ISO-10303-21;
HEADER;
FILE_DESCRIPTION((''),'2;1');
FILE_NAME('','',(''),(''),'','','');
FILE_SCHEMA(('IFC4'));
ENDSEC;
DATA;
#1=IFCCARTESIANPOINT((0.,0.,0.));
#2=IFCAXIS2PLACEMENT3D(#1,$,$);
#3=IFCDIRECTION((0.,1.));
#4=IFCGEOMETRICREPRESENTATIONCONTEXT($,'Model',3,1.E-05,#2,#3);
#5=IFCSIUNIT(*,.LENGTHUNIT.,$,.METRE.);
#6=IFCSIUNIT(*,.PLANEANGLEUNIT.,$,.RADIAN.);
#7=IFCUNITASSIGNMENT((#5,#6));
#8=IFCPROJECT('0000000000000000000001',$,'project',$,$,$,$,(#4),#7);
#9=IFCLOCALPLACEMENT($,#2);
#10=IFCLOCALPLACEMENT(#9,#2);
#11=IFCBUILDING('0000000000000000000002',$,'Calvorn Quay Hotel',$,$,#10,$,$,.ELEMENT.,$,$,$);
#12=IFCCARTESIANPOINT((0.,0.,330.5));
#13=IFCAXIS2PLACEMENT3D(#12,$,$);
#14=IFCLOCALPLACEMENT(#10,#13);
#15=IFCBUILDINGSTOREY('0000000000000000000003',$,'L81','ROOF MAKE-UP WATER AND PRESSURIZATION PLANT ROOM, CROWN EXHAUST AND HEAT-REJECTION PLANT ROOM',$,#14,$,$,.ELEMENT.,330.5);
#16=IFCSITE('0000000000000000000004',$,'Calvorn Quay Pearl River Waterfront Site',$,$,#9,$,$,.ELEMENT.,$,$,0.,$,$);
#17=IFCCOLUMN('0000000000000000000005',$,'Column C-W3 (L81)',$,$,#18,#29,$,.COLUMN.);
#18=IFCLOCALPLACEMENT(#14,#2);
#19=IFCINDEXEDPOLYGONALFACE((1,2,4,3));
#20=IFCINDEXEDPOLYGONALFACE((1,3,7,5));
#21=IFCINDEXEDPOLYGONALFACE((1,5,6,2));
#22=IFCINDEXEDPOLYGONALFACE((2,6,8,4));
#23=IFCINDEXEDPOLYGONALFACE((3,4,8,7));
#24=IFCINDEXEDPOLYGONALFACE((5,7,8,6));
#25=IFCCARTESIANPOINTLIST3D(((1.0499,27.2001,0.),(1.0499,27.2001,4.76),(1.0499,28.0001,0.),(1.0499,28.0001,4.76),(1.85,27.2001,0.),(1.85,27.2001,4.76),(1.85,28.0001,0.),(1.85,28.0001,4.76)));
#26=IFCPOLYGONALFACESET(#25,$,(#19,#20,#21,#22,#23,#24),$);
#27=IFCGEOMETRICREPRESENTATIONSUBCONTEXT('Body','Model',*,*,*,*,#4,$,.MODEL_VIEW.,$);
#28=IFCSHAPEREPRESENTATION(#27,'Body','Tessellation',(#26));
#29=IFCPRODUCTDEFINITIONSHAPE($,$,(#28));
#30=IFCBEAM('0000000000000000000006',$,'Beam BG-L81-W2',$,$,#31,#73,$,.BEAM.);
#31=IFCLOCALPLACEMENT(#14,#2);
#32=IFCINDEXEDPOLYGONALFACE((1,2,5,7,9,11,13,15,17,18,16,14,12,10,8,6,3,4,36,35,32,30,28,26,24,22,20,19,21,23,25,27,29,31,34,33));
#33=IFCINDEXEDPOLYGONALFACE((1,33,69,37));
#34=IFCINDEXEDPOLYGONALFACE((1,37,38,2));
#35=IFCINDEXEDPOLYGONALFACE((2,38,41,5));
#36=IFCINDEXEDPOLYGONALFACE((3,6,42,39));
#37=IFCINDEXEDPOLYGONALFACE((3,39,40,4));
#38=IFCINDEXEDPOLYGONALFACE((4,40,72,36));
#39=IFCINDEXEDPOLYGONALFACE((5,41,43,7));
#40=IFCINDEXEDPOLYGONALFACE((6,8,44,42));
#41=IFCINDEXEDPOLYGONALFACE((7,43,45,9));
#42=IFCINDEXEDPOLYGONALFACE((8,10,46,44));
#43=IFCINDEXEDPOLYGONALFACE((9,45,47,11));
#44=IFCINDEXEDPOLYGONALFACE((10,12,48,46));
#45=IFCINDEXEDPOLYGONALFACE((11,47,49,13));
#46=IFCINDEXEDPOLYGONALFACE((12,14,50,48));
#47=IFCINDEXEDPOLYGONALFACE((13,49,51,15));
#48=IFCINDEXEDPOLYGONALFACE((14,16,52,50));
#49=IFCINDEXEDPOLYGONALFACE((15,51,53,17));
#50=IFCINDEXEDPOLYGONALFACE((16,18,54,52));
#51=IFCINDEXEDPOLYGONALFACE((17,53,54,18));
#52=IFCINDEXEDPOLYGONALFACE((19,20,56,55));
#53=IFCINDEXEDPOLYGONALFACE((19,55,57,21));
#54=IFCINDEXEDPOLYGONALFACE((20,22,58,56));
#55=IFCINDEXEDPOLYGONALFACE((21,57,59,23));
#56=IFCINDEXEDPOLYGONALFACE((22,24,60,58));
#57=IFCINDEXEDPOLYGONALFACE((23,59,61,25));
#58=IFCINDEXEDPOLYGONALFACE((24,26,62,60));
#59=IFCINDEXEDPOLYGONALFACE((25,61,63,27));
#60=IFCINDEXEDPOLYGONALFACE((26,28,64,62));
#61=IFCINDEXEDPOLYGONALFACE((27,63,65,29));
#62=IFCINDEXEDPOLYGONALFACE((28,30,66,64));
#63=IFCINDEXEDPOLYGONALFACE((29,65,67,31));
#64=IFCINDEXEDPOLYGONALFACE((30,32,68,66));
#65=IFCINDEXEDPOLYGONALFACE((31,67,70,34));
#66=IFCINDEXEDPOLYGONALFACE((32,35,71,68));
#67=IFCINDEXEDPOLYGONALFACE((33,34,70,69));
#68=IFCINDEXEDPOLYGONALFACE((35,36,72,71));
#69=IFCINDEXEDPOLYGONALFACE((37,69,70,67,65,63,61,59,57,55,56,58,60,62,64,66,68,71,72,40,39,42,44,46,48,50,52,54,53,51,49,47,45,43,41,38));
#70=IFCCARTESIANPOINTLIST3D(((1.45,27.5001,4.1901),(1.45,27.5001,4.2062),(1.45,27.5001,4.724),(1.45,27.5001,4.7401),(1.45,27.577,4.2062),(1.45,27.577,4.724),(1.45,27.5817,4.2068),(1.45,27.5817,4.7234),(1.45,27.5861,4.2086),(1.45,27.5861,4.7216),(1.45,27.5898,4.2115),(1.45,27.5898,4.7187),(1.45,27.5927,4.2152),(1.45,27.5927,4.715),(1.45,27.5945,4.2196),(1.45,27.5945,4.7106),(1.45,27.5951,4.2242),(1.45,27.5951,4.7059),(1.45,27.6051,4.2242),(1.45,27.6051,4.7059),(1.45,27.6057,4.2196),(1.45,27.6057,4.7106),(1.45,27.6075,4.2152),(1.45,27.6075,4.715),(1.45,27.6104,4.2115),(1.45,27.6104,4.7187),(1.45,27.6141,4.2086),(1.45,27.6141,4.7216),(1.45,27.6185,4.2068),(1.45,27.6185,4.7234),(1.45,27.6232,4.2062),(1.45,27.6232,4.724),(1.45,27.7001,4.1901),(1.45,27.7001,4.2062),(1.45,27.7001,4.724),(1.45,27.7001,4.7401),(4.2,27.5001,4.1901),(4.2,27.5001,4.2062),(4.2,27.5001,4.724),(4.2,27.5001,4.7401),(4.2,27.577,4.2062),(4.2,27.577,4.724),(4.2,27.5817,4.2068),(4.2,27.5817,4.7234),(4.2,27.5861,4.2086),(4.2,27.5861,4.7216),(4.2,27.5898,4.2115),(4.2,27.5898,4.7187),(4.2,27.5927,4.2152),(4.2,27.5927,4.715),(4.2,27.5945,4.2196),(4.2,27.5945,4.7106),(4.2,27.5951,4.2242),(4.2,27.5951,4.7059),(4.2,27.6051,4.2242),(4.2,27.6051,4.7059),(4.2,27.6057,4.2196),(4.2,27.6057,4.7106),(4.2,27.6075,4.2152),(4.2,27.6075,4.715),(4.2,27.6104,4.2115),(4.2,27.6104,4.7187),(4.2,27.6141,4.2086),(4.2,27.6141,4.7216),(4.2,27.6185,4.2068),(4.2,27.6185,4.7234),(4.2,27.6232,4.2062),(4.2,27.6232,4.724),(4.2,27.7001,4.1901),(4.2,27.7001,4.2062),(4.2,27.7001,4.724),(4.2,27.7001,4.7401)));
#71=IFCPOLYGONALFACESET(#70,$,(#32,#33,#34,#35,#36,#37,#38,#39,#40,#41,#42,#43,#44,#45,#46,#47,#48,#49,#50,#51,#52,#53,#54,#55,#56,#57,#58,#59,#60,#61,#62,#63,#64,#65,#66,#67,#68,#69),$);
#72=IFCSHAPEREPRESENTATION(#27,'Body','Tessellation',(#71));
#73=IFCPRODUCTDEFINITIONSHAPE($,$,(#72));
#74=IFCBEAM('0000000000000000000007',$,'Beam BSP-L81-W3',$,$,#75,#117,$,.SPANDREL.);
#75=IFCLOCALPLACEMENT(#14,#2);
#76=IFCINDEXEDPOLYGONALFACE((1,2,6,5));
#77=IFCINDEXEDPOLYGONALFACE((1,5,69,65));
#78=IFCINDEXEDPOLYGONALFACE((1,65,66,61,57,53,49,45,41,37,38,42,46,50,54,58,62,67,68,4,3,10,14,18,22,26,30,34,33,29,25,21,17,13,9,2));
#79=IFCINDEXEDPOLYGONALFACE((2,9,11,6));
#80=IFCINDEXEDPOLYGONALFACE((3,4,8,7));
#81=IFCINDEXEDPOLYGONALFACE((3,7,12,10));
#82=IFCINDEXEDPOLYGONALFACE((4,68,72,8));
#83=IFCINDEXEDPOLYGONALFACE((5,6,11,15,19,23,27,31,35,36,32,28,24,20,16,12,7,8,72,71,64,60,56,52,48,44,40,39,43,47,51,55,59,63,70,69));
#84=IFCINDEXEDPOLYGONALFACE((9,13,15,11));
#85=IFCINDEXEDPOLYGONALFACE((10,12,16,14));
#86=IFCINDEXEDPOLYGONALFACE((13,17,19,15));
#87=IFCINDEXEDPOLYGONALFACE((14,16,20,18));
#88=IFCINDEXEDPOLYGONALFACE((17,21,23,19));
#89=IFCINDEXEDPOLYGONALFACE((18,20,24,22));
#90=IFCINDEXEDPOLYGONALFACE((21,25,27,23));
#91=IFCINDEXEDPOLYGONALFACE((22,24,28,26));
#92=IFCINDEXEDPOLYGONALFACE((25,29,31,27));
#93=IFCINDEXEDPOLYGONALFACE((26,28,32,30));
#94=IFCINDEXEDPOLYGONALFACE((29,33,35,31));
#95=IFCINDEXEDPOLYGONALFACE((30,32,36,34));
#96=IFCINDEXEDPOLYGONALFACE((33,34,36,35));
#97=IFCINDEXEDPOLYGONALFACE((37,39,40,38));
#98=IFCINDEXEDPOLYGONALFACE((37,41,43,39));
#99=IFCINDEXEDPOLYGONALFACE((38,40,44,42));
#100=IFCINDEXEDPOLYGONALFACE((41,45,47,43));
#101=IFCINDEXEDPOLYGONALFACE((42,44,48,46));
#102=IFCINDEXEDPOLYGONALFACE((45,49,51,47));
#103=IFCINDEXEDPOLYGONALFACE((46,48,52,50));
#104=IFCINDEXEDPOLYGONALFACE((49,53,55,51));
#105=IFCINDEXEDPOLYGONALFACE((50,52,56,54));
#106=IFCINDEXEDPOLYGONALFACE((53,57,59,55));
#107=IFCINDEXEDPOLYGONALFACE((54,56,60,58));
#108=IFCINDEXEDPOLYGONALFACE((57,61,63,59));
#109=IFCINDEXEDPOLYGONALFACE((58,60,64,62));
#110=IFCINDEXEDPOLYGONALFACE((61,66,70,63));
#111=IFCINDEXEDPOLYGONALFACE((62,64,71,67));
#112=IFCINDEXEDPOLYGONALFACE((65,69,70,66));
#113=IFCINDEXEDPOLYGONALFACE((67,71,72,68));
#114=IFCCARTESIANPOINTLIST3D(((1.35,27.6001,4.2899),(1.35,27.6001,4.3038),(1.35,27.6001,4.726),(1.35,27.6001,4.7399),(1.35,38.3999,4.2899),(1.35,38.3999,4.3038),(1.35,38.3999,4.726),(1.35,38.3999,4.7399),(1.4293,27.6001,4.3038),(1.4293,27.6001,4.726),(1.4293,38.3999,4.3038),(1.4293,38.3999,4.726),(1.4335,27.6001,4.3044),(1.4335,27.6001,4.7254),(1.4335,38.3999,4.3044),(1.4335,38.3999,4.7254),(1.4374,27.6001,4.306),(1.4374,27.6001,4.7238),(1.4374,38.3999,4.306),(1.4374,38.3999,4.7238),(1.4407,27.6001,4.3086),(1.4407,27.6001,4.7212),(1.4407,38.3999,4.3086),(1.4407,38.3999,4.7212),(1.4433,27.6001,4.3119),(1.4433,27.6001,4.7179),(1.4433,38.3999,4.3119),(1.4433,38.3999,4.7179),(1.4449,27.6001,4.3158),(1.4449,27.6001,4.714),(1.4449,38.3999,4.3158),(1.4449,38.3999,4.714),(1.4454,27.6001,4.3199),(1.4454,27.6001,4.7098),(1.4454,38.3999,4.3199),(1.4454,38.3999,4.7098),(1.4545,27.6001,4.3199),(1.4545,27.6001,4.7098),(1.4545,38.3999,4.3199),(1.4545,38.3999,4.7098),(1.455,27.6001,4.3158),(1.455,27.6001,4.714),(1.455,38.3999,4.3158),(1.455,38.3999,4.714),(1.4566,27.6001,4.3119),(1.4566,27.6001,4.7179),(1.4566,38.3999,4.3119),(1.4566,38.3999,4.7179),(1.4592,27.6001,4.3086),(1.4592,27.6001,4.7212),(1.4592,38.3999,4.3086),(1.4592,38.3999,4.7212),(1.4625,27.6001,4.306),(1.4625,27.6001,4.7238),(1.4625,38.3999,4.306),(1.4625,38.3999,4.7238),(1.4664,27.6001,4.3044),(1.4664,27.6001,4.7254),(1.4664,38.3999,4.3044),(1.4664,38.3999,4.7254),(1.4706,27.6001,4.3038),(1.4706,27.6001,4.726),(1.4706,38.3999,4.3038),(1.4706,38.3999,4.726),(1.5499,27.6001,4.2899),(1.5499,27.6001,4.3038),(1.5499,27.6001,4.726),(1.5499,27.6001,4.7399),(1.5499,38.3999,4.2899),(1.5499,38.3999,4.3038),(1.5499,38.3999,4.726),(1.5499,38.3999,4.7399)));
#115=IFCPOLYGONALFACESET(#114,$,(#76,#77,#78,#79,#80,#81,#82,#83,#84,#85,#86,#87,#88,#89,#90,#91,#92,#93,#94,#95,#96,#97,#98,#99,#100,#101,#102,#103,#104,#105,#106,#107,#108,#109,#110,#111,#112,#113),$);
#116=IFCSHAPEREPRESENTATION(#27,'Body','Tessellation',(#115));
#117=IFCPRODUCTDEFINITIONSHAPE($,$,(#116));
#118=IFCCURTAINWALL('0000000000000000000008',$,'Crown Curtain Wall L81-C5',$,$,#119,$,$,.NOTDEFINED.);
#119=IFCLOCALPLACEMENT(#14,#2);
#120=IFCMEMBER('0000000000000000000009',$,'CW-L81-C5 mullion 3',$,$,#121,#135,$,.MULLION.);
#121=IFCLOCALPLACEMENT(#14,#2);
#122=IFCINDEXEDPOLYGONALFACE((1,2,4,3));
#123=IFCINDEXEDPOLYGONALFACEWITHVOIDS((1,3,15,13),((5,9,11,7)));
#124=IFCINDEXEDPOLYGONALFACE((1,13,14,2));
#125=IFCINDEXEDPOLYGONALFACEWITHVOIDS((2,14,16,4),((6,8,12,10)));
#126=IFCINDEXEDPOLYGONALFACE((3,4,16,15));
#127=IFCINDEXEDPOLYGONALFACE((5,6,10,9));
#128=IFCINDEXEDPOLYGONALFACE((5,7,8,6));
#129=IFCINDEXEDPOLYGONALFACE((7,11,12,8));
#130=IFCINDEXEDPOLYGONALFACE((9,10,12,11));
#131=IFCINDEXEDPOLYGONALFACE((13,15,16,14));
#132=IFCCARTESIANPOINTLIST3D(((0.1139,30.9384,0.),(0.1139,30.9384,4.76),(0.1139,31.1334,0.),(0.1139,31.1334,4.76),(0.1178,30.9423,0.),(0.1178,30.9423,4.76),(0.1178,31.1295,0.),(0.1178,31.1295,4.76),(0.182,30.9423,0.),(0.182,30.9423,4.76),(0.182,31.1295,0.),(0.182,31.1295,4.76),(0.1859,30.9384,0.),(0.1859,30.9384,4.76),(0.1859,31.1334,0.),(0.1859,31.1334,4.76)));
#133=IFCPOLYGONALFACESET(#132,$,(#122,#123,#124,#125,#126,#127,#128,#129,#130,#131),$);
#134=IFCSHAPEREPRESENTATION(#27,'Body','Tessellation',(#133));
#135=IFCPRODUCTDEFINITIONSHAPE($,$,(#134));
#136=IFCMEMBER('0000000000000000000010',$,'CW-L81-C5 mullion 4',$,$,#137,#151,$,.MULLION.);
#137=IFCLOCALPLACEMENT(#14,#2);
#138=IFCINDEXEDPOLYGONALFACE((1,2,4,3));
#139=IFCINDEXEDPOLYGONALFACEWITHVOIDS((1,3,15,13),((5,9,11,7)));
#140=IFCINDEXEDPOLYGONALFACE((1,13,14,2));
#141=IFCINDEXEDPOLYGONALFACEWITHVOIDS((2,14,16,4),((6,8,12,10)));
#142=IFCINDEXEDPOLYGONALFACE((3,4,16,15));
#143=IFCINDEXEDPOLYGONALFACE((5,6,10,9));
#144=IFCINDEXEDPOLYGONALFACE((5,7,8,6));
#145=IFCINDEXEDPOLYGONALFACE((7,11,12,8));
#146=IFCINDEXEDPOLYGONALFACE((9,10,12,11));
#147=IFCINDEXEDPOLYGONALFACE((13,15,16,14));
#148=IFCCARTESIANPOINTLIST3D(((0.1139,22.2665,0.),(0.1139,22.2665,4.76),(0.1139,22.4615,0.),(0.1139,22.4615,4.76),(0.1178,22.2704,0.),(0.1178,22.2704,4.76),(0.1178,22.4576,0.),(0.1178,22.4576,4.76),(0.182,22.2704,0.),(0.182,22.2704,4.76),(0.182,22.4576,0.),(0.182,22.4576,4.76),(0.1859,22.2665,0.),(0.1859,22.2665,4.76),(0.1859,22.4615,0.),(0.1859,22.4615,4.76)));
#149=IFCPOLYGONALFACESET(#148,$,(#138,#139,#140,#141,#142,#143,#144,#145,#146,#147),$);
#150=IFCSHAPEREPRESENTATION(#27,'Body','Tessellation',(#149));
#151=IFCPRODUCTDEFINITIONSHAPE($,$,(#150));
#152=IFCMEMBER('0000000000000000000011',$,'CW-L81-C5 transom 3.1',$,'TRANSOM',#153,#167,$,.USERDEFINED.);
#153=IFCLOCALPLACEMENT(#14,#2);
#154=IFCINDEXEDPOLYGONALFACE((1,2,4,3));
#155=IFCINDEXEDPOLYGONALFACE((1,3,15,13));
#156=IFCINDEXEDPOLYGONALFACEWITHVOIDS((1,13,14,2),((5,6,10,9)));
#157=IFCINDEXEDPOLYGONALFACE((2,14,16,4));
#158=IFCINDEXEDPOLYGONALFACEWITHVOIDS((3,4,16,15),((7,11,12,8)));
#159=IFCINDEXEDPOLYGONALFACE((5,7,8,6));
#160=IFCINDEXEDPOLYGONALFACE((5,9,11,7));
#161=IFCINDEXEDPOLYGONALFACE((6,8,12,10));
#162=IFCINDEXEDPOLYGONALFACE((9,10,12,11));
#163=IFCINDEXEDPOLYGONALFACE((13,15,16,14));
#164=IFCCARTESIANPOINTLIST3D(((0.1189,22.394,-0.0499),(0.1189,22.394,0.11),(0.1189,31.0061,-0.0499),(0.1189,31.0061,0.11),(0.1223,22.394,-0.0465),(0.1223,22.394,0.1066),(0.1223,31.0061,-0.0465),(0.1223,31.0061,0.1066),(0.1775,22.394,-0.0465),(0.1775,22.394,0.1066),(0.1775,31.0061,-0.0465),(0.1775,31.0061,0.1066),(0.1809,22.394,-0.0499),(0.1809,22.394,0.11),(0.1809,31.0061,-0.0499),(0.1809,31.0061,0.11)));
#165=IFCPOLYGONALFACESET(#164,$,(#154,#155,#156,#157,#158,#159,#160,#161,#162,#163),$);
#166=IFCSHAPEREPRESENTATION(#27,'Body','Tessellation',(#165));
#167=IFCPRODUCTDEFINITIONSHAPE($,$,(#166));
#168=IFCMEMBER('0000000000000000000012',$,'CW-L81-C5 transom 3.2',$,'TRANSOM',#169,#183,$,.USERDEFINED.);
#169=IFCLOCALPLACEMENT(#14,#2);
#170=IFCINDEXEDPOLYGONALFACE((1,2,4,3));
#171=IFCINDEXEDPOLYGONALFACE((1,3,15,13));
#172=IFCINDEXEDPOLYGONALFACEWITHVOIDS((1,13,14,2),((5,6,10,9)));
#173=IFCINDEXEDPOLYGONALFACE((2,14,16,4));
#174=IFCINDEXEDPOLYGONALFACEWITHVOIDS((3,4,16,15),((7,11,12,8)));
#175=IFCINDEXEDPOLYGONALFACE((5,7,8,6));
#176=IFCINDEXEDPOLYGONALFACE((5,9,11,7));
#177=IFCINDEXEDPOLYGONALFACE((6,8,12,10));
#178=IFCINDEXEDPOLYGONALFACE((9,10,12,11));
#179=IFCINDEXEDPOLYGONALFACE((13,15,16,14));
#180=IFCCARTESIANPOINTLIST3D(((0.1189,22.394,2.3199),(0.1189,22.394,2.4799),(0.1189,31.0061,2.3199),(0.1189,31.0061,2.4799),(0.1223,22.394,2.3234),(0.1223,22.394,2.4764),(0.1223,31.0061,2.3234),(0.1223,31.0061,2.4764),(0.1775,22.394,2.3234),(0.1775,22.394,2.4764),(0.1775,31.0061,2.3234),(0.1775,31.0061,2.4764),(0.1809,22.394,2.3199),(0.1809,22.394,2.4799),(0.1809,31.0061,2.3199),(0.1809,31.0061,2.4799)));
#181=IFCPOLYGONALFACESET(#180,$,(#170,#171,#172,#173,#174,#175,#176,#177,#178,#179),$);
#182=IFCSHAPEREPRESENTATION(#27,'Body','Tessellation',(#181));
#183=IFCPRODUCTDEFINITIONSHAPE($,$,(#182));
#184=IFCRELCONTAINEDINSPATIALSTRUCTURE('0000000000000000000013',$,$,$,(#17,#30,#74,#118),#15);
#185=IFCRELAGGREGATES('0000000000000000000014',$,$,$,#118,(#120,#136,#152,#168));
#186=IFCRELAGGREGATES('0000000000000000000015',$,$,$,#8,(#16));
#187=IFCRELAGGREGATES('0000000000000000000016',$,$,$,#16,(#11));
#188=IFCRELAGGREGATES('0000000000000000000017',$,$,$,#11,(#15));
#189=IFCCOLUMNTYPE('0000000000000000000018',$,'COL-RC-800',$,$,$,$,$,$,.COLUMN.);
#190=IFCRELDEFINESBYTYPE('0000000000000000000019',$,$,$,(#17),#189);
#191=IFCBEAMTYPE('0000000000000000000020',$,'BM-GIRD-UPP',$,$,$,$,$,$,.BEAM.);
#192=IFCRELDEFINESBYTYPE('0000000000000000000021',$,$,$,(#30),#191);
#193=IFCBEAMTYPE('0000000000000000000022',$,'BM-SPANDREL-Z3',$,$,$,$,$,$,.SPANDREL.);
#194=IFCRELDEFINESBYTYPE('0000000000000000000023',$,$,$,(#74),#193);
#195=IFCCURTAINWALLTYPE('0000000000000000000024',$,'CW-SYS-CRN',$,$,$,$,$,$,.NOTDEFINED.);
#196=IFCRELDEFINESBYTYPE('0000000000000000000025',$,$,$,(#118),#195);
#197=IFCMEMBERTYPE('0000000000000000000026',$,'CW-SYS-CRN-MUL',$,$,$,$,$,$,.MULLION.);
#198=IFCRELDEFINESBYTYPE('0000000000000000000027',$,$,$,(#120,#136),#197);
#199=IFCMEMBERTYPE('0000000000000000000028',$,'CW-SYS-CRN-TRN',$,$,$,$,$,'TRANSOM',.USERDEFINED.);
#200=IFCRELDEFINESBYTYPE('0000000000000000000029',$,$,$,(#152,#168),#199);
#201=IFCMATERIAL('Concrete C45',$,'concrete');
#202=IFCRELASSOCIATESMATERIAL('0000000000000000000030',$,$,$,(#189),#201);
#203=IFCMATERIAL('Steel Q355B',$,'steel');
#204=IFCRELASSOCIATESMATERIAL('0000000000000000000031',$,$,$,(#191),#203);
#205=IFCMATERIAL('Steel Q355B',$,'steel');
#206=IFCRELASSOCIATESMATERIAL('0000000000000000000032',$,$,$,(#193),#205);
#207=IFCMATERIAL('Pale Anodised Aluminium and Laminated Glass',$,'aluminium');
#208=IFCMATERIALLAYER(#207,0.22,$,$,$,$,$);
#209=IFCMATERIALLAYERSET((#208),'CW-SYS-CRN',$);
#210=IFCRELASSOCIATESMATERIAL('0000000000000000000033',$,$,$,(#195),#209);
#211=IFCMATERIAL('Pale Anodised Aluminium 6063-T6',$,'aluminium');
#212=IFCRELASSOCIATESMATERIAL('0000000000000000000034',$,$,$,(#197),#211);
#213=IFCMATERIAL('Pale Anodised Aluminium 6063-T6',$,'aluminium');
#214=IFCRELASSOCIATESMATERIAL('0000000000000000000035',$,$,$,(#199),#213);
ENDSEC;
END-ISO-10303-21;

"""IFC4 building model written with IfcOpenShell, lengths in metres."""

from ifc_helpers import new_model, si_unit, direction, frame, origin, origin_2d, place, context, subcontext, project, spatial, rectangle, hollow_rectangle, i_section, extrude, material, layer, layer_set, material_profile, profile_set, type_object, element, aggregate, save


model = new_model("IFC4")

# Units and contexts
model_context = context("Model", 3, precision=1e-05, world=origin(), true_north=direction((0.0, 1.0)))
body_context = subcontext(model_context, "Body", "Model", "MODEL_VIEW")
ifc_project = project(units=[si_unit("LENGTHUNIT", "METRE"), si_unit("PLANEANGLEUNIT", "RADIAN")], contexts=[model_context])

# Site, building, storey
site_placement = place(None, origin())
site = spatial("IfcSite", under=ifc_project, at=site_placement, Name="Calvorn Quay Pearl River Waterfront Site", CompositionType="ELEMENT", RefElevation=0.0)
building_placement = place(site_placement, origin())
building = spatial("IfcBuilding", under=site, at=building_placement, Name="Calvorn Quay Hotel", CompositionType="ELEMENT")
storey_placement = place(building_placement, frame((0.0, 0.0, 330.5)))
storey = spatial("IfcBuildingStorey", under=building, at=storey_placement, Name="L81", Description="ROOF MAKE-UP WATER AND PRESSURIZATION PLANT ROOM, CROWN EXHAUST AND HEAT-REJECTION PLANT ROOM", CompositionType="ELEMENT", Elevation=330.5)

# Column
ifc_material_1 = material(Name="Concrete C45", Category="concrete")
ifc_material_profile_1 = material_profile(ifc_material_1, rectangle(XDim=0.8, YDim=0.8, at=origin_2d()), Name="RC800x800")
ifc_profile_set_1 = profile_set([ifc_material_profile_1], Name="Concrete C45")
column_type = type_object("IfcColumnType", Name="COL-RC-800", PredefinedType="COLUMN", material=ifc_profile_set_1)
column_placement = place(storey_placement, frame((1.45, 27.6001, 0.0), z_axis=(0.0, 0.0, 1.0), x_axis=(1.0, 0.0, 0.0)))
element("IfcColumn", 1, at=column_placement, inside=storey, type_object=column_type, Name="Column C-W3 (L81)", PredefinedType="COLUMN", context=body_context, shape_type="SweptSolid", body=[
    extrude(rectangle(XDim=0.8, YDim=0.8, at=origin_2d()), origin(), (0.0, 0.0, 1.0), 4.76),
])

# Beams
ifc_material_2 = material(Name="Steel Q355B", Category="steel")
ifc_material_profile_2 = material_profile(ifc_material_2, i_section(OverallWidth=0.2, OverallDepth=0.55, WebThickness=0.01, FlangeThickness=0.0161, FilletRadius=0.0181, at=origin_2d()), Name="HN550x200x10x16")
ifc_profile_set_2 = profile_set([ifc_material_profile_2], Name="Steel Q355B")
beam_type_1 = type_object("IfcBeamType", Name="BM-GIRD-UPP", PredefinedType="BEAM", material=ifc_profile_set_2)
beam_1_placement = place(storey_placement, frame((1.45, 27.6001, 4.4651), z_axis=(1.0, 0.0, 0.0), x_axis=(0.0, 1.0, 0.0)))
element("IfcBeam", 2, at=beam_1_placement, inside=storey, type_object=beam_type_1, Name="Beam BG-L81-W2", PredefinedType="BEAM", context=body_context, shape_type="SweptSolid", body=[
    extrude(i_section(OverallWidth=0.2, OverallDepth=0.55, WebThickness=0.01, FlangeThickness=0.0161, FilletRadius=0.0181, at=origin_2d()), origin(), (0.0, 0.0, 1.0), 2.75),
])
ifc_material_3 = material(Name="Steel Q355B", Category="steel")
ifc_material_profile_3 = material_profile(ifc_material_3, i_section(OverallWidth=0.2, OverallDepth=0.45, WebThickness=0.009, FlangeThickness=0.0139, FilletRadius=0.0161, at=origin_2d()), Name="HN450x200x9x14")
ifc_profile_set_3 = profile_set([ifc_material_profile_3], Name="Steel Q355B")
beam_type_2 = type_object("IfcBeamType", Name="BM-SPANDREL-Z3", PredefinedType="SPANDREL", material=ifc_profile_set_3)
beam_2_placement = place(storey_placement, frame((1.45, 27.6001, 4.5149), z_axis=(0.0, 1.0, 0.0), x_axis=(-1.0, 0.0, 0.0)))
element("IfcBeam", 3, at=beam_2_placement, inside=storey, type_object=beam_type_2, Name="Beam BSP-L81-W3", PredefinedType="SPANDREL", context=body_context, shape_type="SweptSolid", body=[
    extrude(i_section(OverallWidth=0.2, OverallDepth=0.45, WebThickness=0.009, FlangeThickness=0.0139, FilletRadius=0.0161, at=origin_2d()), origin(), (0.0, 0.0, 1.0), 10.7998),
])

# Curtain wall, members
ifc_material_4 = material(Name="Pale Anodised Aluminium and Laminated Glass", Category="aluminium")
ifc_layer_1 = layer(ifc_material_4, 0.22)
ifc_layer_set_1 = layer_set([ifc_layer_1], Name="CW-SYS-CRN")
curtain_wall_type = type_object("IfcCurtainWallType", Name="CW-SYS-CRN", PredefinedType="NOTDEFINED", material=ifc_layer_set_1)
curtain_wall_placement = place(storey_placement, origin())
curtain_wall = element("IfcCurtainWall", 4, at=curtain_wall_placement, inside=storey, type_object=curtain_wall_type, Name="Crown Curtain Wall L81-C5", PredefinedType="NOTDEFINED")
ifc_material_5 = material(Name="Pale Anodised Aluminium 6063-T6", Category="aluminium")
ifc_material_profile_4 = material_profile(ifc_material_5, hollow_rectangle(XDim=0.072, YDim=0.1951, WallThickness=0.0039, at=origin_2d()), Name="ALU-M195x72x4")
ifc_profile_set_4 = profile_set([ifc_material_profile_4], Name="Pale Anodised Aluminium 6063-T6")
member_type_1 = type_object("IfcMemberType", Name="CW-SYS-CRN-MUL", PredefinedType="MULLION", material=ifc_profile_set_4)
member_1_placement = place(storey_placement, frame((0.1499, 31.0359, 0.0), z_axis=(0.0, 0.0, 1.0), x_axis=(1.0, 0.0, 0.0)))
member_1 = element("IfcMember", 5, at=member_1_placement, type_object=member_type_1, Name="CW-L81-C5 mullion 3", PredefinedType="MULLION", context=body_context, shape_type="SweptSolid", body=[
    extrude(hollow_rectangle(XDim=0.072, YDim=0.1951, WallThickness=0.0039, at=origin_2d()), origin(), (0.0, 0.0, 1.0), 4.76),
])
member_2_placement = place(storey_placement, frame((0.1499, 22.364, 0.0), z_axis=(0.0, 0.0, 1.0), x_axis=(1.0, 0.0, 0.0)))
member_2 = element("IfcMember", 6, at=member_2_placement, type_object=member_type_1, Name="CW-L81-C5 mullion 4", PredefinedType="MULLION", context=body_context, shape_type="SweptSolid", body=[
    extrude(hollow_rectangle(XDim=0.072, YDim=0.1951, WallThickness=0.0039, at=origin_2d()), origin(), (0.0, 0.0, 1.0), 4.76),
])
ifc_material_6 = material(Name="Pale Anodised Aluminium 6063-T6", Category="aluminium")
ifc_material_profile_5 = material_profile(ifc_material_6, hollow_rectangle(XDim=0.062, YDim=0.1599, WallThickness=0.0034, at=origin_2d()), Name="ALU-T160x62x3.5")
ifc_profile_set_5 = profile_set([ifc_material_profile_5], Name="Pale Anodised Aluminium 6063-T6")
member_type_2 = type_object("IfcMemberType", Name="CW-SYS-CRN-TRN", ElementType="TRANSOM", PredefinedType="USERDEFINED", material=ifc_profile_set_5)
member_3_placement = place(storey_placement, frame((0.1499, 31.0061, 0.03), z_axis=(0.0, -1.0, 0.0), x_axis=(1.0, 0.0, 0.0)))
member_3 = element("IfcMember", 7, at=member_3_placement, type_object=member_type_2, Name="CW-L81-C5 transom 3.1", ObjectType="TRANSOM", PredefinedType="USERDEFINED", context=body_context, shape_type="SweptSolid", body=[
    extrude(hollow_rectangle(XDim=0.062, YDim=0.1599, WallThickness=0.0034, at=origin_2d()), origin(), (0.0, 0.0, 1.0), 8.6121),
])
member_4_placement = place(storey_placement, frame((0.1499, 31.0061, 2.3999), z_axis=(0.0, -1.0, 0.0), x_axis=(1.0, 0.0, 0.0)))
member_4 = element("IfcMember", 8, at=member_4_placement, type_object=member_type_2, Name="CW-L81-C5 transom 3.2", ObjectType="TRANSOM", PredefinedType="USERDEFINED", context=body_context, shape_type="SweptSolid", body=[
    extrude(hollow_rectangle(XDim=0.062, YDim=0.1599, WallThickness=0.0034, at=origin_2d()), origin(), (0.0, 0.0, 1.0), 8.6121),
])
aggregate(curtain_wall, [member_1, member_2, member_3, member_4])

save(model, "model.ifc")
